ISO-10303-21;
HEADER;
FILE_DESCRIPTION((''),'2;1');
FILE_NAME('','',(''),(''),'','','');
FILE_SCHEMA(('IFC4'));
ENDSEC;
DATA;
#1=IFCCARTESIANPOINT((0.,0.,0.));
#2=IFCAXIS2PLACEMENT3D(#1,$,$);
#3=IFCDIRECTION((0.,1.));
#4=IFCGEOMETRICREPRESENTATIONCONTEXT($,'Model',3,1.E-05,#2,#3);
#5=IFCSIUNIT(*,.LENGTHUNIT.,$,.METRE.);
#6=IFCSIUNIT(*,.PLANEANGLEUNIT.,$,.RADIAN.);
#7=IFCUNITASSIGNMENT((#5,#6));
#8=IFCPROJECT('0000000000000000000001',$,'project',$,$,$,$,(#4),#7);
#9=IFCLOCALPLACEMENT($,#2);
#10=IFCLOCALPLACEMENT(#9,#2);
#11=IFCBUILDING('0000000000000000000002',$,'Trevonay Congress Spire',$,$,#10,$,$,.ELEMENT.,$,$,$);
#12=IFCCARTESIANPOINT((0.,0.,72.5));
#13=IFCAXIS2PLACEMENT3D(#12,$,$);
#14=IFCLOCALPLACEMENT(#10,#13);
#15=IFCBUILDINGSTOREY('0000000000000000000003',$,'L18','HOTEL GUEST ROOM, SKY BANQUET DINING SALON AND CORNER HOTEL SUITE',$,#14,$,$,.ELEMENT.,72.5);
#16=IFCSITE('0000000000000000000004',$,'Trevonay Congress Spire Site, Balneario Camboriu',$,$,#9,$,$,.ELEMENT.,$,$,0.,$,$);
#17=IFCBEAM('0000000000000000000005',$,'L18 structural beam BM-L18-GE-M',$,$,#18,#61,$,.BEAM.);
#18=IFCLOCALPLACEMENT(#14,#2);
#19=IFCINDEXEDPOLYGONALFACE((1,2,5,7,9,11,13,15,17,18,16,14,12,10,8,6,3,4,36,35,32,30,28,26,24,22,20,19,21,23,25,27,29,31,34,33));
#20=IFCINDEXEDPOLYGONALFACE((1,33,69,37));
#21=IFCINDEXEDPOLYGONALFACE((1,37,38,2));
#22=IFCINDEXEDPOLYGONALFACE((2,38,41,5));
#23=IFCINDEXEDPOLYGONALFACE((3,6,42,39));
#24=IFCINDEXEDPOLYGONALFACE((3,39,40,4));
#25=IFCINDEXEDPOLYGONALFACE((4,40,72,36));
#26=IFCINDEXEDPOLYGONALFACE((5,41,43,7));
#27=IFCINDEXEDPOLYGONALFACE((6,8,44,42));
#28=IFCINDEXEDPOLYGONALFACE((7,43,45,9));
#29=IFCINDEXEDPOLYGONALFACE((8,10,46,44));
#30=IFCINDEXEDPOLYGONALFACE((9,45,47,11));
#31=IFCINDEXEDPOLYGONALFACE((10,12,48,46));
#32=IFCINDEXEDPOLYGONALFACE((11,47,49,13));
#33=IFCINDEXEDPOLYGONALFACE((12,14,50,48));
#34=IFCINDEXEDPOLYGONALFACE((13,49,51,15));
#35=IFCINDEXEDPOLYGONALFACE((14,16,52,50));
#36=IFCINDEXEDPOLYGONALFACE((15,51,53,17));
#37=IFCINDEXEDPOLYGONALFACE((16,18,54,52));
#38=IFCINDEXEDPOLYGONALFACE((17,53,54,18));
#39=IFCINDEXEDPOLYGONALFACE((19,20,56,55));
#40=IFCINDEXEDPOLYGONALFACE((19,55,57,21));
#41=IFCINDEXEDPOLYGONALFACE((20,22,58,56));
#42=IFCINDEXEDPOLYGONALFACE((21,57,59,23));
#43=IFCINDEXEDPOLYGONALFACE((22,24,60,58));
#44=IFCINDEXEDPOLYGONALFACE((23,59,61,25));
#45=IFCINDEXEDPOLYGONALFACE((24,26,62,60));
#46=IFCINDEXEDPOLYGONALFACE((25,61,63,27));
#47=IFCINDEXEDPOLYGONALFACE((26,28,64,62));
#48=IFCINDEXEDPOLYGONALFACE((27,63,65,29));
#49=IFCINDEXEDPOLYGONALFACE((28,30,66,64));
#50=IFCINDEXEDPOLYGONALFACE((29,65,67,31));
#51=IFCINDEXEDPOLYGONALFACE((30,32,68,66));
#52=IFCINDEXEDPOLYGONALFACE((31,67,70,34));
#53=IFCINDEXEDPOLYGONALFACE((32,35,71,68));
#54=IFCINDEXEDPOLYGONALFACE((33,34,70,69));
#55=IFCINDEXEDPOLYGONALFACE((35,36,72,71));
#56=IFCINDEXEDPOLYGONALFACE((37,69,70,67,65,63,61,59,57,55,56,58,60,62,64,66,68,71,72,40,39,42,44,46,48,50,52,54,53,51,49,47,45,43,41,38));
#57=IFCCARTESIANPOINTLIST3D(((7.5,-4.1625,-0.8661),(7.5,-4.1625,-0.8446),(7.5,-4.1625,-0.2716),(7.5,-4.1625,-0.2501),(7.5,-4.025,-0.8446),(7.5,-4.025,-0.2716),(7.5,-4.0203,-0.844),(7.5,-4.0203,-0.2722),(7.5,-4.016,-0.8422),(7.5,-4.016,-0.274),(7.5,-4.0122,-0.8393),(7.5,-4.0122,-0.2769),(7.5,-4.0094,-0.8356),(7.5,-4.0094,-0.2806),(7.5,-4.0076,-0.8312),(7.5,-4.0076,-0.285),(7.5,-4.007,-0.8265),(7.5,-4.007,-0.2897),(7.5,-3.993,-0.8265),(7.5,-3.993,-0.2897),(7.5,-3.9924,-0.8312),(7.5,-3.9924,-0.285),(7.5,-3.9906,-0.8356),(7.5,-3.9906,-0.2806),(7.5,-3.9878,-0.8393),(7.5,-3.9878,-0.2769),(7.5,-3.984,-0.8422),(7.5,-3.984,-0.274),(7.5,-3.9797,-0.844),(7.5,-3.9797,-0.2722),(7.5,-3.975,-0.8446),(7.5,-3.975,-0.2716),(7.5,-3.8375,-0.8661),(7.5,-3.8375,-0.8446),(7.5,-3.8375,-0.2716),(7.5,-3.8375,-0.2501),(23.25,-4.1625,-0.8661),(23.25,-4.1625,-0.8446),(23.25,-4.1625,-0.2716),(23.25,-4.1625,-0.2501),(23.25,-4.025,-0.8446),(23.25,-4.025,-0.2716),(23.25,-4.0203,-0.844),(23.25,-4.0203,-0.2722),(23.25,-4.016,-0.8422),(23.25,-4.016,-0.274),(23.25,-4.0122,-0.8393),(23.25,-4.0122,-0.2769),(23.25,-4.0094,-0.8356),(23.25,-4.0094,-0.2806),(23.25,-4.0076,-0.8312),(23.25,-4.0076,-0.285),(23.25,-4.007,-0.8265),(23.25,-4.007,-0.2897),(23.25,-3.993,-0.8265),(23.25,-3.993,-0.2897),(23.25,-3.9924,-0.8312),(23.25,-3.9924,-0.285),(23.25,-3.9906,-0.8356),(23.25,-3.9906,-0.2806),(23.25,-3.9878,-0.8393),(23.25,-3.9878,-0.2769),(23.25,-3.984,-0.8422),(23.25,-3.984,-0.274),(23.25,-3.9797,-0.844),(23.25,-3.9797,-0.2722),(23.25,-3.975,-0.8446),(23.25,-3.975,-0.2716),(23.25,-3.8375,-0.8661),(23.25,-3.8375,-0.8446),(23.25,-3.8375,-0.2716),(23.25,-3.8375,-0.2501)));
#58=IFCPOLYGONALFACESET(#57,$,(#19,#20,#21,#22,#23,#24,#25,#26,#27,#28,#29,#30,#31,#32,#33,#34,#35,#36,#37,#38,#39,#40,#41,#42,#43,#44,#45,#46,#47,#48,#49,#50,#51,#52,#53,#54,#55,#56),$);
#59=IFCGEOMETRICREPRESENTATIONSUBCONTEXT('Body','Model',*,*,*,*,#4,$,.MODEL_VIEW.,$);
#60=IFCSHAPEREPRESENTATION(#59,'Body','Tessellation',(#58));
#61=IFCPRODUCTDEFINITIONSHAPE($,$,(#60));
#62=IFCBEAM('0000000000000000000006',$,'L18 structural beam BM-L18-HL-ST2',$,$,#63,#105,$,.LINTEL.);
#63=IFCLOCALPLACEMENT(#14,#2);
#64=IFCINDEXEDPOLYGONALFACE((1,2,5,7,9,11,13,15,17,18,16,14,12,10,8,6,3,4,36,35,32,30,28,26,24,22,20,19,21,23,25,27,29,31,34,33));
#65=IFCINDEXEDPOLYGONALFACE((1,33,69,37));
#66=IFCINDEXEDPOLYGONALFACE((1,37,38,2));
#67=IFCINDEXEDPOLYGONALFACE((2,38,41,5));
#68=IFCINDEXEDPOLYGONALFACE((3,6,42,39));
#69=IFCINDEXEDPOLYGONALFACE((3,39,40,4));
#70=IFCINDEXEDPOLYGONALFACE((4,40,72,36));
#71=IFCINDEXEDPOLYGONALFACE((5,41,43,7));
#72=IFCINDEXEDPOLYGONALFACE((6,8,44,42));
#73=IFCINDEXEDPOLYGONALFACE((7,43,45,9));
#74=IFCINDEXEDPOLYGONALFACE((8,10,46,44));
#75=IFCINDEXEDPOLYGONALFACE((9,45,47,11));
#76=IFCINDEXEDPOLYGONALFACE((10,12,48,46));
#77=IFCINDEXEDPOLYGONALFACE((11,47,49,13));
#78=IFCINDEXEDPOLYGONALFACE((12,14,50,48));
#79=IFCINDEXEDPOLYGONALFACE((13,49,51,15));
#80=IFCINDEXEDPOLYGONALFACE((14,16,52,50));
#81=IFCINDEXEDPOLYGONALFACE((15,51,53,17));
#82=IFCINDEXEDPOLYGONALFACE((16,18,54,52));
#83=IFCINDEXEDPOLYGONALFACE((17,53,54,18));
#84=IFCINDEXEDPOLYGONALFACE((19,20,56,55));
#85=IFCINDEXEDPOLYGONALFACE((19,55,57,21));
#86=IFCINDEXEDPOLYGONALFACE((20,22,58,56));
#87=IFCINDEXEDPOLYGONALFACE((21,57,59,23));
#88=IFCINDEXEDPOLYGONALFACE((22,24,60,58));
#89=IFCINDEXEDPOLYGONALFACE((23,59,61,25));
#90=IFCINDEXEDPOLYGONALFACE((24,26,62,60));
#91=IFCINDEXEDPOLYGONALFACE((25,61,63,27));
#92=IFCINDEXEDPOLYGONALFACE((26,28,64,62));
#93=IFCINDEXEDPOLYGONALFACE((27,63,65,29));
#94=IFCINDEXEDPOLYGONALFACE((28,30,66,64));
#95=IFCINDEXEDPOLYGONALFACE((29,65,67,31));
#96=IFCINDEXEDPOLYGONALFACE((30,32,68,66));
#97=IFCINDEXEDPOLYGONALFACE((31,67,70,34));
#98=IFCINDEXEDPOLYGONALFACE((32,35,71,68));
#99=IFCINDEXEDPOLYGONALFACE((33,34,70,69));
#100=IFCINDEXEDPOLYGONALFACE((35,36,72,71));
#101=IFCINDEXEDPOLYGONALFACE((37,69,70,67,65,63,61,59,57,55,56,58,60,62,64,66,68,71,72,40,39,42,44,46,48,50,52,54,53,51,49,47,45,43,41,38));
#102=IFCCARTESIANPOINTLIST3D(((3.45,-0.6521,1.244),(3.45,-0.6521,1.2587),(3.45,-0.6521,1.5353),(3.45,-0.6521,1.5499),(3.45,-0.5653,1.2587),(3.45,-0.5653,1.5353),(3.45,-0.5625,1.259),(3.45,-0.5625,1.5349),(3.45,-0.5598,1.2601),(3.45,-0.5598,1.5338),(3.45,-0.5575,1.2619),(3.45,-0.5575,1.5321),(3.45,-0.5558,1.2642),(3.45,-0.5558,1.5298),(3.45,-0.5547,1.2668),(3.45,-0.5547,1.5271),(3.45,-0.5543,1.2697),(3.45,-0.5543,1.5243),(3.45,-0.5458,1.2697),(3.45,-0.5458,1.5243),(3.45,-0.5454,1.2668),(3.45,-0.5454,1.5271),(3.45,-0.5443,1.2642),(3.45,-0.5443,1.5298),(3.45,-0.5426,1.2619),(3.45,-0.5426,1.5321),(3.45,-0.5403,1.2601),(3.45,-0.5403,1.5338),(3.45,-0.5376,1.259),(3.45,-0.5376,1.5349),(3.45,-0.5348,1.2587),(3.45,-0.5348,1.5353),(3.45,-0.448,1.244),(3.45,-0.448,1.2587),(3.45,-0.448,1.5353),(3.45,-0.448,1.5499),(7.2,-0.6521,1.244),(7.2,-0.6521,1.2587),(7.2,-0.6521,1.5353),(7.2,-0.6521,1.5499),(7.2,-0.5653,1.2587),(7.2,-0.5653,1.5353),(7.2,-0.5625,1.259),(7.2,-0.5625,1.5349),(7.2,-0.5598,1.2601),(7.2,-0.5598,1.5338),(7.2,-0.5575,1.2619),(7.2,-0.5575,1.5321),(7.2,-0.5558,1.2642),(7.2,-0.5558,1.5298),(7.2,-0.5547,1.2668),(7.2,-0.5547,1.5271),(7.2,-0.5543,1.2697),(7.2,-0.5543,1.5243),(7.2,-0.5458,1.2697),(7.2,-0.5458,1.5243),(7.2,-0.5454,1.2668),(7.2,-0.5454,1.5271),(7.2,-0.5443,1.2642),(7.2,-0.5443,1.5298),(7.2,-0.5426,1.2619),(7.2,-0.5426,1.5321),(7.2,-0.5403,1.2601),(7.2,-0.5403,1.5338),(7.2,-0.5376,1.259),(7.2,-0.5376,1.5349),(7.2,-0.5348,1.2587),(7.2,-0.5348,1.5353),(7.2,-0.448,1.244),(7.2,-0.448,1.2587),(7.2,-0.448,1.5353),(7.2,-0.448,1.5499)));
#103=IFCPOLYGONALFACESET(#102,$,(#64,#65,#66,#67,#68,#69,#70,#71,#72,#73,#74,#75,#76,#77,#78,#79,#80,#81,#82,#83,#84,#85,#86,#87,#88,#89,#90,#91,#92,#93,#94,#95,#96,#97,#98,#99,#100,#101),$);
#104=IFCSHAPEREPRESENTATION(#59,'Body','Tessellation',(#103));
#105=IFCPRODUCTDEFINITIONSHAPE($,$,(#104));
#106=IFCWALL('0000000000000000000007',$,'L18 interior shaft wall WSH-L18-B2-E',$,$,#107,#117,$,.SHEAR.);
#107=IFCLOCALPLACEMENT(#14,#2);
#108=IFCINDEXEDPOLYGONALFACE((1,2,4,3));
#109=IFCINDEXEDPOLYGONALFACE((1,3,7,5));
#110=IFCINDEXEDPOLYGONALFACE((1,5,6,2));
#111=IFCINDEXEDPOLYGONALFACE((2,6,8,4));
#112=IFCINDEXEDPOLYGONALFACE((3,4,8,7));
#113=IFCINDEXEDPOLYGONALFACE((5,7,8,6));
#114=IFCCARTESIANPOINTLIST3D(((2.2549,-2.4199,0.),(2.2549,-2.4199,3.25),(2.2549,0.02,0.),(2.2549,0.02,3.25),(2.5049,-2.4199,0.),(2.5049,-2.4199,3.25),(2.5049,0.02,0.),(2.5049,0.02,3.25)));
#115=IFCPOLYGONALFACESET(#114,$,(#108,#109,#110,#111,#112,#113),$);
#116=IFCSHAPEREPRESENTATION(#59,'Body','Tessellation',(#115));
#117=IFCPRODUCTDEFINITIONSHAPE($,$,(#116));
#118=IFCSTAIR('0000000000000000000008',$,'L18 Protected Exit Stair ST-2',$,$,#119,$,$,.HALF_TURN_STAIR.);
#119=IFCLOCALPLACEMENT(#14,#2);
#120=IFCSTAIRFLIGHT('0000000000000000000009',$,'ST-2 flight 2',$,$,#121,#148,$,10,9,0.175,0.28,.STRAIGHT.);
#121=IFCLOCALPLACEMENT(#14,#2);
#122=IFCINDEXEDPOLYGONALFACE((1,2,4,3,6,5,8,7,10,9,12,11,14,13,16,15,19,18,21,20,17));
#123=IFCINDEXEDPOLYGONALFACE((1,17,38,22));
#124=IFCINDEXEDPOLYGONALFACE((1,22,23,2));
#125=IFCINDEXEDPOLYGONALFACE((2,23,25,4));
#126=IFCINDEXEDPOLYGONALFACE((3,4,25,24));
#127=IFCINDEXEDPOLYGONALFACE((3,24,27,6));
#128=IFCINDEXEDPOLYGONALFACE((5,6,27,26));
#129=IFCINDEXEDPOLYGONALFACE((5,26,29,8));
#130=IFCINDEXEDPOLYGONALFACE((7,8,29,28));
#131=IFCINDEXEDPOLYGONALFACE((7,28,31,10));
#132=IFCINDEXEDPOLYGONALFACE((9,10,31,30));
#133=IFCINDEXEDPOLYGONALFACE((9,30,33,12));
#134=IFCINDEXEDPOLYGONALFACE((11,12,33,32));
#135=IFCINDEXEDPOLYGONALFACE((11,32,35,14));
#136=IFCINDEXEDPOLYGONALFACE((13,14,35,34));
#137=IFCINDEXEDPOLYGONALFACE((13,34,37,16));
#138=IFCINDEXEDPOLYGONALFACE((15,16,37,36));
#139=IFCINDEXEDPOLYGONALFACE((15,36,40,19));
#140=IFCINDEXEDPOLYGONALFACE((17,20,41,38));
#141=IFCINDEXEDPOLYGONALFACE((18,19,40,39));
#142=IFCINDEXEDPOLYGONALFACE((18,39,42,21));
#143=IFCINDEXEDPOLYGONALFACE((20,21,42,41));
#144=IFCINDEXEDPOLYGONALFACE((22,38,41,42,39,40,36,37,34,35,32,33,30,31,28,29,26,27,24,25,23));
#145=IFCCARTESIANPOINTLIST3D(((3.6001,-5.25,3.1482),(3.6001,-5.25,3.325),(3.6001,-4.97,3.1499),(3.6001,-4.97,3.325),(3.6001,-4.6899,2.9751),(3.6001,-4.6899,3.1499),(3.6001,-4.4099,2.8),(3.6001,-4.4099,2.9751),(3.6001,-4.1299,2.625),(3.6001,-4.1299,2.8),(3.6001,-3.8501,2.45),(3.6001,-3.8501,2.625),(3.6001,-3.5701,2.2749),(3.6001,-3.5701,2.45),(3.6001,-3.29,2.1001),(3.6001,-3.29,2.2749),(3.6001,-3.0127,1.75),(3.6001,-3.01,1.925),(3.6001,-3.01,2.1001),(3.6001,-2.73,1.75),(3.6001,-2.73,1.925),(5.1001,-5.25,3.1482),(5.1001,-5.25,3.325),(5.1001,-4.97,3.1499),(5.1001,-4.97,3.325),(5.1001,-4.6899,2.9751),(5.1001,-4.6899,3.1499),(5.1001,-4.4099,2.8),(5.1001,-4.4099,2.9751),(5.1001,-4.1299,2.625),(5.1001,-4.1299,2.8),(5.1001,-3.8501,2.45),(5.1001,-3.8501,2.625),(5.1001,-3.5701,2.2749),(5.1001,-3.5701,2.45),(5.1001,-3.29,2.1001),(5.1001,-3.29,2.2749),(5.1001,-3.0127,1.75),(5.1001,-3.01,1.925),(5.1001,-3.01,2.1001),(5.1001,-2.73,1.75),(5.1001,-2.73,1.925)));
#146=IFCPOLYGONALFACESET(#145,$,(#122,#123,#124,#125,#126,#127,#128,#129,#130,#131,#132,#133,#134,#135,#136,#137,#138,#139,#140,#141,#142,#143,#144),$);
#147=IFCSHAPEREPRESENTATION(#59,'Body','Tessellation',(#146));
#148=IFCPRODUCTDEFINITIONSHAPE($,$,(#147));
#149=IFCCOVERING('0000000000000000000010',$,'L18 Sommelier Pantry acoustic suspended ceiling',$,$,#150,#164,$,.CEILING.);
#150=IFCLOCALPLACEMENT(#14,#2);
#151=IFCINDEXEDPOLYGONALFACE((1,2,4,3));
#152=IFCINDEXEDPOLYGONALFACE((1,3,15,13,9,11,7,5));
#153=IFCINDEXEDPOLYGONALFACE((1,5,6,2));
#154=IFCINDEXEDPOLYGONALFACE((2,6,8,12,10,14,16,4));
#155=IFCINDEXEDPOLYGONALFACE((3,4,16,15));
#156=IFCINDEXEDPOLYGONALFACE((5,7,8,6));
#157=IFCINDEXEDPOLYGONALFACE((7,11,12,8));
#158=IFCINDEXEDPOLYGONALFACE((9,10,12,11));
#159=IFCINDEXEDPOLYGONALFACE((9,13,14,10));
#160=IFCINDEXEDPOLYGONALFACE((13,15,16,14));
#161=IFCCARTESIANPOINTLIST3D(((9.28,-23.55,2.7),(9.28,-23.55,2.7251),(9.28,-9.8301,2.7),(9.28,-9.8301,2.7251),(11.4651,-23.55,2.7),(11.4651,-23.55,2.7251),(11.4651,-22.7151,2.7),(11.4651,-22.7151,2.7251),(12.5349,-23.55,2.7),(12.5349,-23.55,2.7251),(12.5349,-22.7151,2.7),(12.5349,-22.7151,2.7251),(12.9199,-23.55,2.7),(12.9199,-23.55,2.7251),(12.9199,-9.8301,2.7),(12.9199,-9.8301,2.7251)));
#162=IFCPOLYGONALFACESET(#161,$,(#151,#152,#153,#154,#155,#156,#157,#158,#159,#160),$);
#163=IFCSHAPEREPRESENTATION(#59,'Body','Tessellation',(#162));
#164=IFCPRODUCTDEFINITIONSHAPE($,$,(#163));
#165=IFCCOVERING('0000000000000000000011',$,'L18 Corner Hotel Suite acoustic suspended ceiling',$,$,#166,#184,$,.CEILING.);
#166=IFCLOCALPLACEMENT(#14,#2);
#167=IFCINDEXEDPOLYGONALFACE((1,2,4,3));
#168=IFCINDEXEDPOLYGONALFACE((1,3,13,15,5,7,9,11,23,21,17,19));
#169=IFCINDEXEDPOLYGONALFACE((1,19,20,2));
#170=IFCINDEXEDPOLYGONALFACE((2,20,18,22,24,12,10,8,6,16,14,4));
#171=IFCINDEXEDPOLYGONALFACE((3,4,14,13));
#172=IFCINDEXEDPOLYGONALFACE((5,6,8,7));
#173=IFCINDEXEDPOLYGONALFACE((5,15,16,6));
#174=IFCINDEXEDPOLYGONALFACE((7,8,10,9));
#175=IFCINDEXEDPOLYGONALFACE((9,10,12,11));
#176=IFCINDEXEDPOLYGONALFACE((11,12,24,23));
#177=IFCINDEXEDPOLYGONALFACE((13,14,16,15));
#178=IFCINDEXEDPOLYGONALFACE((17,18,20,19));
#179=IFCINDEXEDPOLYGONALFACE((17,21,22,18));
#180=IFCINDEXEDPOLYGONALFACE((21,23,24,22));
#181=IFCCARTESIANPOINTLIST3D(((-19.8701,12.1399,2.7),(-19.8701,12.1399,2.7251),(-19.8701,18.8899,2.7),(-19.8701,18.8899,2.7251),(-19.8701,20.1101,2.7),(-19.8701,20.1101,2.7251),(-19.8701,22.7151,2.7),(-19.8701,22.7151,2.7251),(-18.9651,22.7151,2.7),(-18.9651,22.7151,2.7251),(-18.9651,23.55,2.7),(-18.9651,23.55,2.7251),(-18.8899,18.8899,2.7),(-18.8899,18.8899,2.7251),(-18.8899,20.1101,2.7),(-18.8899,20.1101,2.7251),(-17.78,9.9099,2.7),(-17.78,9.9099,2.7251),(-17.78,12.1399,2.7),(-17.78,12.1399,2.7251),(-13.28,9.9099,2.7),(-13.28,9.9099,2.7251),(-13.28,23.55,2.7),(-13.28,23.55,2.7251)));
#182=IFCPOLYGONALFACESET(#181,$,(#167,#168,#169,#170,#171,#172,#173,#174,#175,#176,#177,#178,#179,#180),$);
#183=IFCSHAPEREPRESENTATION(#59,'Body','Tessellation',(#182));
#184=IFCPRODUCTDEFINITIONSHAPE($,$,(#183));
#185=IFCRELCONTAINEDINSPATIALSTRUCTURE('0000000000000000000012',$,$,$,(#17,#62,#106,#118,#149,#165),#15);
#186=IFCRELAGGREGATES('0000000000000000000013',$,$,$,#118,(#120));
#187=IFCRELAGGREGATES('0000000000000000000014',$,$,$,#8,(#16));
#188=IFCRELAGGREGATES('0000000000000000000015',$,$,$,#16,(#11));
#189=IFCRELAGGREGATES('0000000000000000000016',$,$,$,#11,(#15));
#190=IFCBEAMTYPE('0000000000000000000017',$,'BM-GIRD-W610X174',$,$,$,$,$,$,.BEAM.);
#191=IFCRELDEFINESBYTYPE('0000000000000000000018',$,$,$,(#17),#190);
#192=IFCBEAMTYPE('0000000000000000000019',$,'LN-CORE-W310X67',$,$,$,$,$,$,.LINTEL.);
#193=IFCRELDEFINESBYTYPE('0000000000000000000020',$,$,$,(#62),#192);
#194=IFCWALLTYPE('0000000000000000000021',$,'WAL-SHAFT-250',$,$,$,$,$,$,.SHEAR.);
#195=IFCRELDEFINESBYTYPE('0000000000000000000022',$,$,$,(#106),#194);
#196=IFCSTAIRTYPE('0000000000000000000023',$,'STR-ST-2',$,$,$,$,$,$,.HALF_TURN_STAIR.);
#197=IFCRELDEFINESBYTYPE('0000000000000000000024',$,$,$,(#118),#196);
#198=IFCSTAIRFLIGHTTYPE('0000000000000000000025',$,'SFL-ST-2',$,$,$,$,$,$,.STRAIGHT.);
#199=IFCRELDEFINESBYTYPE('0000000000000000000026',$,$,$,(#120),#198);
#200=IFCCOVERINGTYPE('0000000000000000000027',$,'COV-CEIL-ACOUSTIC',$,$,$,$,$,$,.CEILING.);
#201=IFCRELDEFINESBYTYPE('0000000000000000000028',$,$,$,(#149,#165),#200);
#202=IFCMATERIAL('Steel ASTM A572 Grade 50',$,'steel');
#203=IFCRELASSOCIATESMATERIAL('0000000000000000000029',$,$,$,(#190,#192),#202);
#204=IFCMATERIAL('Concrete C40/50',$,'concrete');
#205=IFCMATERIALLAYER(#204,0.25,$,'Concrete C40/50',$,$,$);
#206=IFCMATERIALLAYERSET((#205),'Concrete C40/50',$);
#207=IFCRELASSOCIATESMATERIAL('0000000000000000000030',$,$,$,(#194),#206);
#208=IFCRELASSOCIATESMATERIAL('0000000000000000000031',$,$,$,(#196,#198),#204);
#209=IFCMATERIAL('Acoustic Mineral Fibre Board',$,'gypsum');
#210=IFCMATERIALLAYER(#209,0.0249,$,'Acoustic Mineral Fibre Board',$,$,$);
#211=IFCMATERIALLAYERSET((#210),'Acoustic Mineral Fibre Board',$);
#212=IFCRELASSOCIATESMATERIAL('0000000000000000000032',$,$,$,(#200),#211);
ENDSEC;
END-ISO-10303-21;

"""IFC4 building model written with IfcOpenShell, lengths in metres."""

from ifc_helpers import new_model, si_unit, direction, frame, frame_2d, origin, origin_2d, place, context, subcontext, project, spatial, polyline, rectangle, i_section, outline, extrude, material, layer, layer_set, material_profile, profile_set, type_object, element, aggregate, save


model = new_model("IFC4")

# Units and contexts
model_context = context("Model", 3, precision=1e-05, world=origin(), true_north=direction((0.0, 1.0)))
body_context = subcontext(model_context, "Body", "Model", "MODEL_VIEW")
ifc_project = project(units=[si_unit("LENGTHUNIT", "METRE"), si_unit("PLANEANGLEUNIT", "RADIAN")], contexts=[model_context])

# Site, building, storey
site_placement = place(None, origin())
site = spatial("IfcSite", under=ifc_project, at=site_placement, Name="Trevonay Congress Spire Site, Balneario Camboriu", CompositionType="ELEMENT", RefElevation=0.0)
building_placement = place(site_placement, origin())
building = spatial("IfcBuilding", under=site, at=building_placement, Name="Trevonay Congress Spire", CompositionType="ELEMENT")
storey_placement = place(building_placement, frame((0.0, 0.0, 72.5)))
storey = spatial("IfcBuildingStorey", under=building, at=storey_placement, Name="L18", Description="HOTEL GUEST ROOM, SKY BANQUET DINING SALON AND CORNER HOTEL SUITE", CompositionType="ELEMENT", Elevation=72.5)

# Beams
ifc_material_1 = material(Name="Steel ASTM A572 Grade 50", Category="steel")
ifc_material_profile_1 = material_profile(ifc_material_1, i_section(OverallWidth=0.325, OverallDepth=0.616, WebThickness=0.0139, FlangeThickness=0.0215, FilletRadius=0.0181, at=origin_2d()), Name="W610x174")
ifc_profile_set_1 = profile_set([ifc_material_profile_1], Name="Steel ASTM A572 Grade 50")
beam_type_1 = type_object("IfcBeamType", Name="BM-GIRD-W610X174", PredefinedType="BEAM", material=ifc_profile_set_1)
beam_1_placement = place(storey_placement, frame((7.5, -4.0, -0.5581), z_axis=(1.0, 0.0, 0.0), x_axis=(0.0, 1.0, 0.0)))
element("IfcBeam", 1, at=beam_1_placement, inside=storey, type_object=beam_type_1, Name="L18 structural beam BM-L18-GE-M", PredefinedType="BEAM", context=body_context, shape_type="SweptSolid", body=[
    extrude(i_section(OverallWidth=0.325, OverallDepth=0.616, WebThickness=0.0139, FlangeThickness=0.0215, FilletRadius=0.0181, at=origin_2d()), origin(), (0.0, 0.0, 1.0), 15.75),
])
ifc_material_profile_2 = material_profile(ifc_material_1, i_section(OverallWidth=0.2041, OverallDepth=0.3059, WebThickness=0.0085, FlangeThickness=0.0146, FilletRadius=0.011, at=origin_2d()), Name="W310x67")
ifc_profile_set_2 = profile_set([ifc_material_profile_2], Name="Steel ASTM A572 Grade 50")
beam_type_2 = type_object("IfcBeamType", Name="LN-CORE-W310X67", PredefinedType="LINTEL", material=ifc_profile_set_2)
beam_2_placement = place(storey_placement, frame((3.45, -0.55, 1.397), z_axis=(1.0, 0.0, 0.0), x_axis=(0.0, 1.0, 0.0)))
element("IfcBeam", 2, at=beam_2_placement, inside=storey, type_object=beam_type_2, Name="L18 structural beam BM-L18-HL-ST2", PredefinedType="LINTEL", context=body_context, shape_type="SweptSolid", body=[
    extrude(i_section(OverallWidth=0.2041, OverallDepth=0.3059, WebThickness=0.0085, FlangeThickness=0.0146, FilletRadius=0.011, at=origin_2d()), origin(), (0.0, 0.0, 1.0), 3.75),
])

# Wall
ifc_material_2 = material(Name="Concrete C40/50", Category="concrete")
ifc_layer_1 = layer(ifc_material_2, 0.25, Name="Concrete C40/50")
ifc_layer_set_1 = layer_set([ifc_layer_1], Name="Concrete C40/50")
wall_type = type_object("IfcWallType", Name="WAL-SHAFT-250", PredefinedType="SHEAR", material=ifc_layer_set_1)
wall_placement = place(storey_placement, frame((2.3799, -2.4199, 0.0), z_axis=(0.0, 0.0, 1.0), x_axis=(0.0, 1.0, 0.0)))
element("IfcWall", 3, at=wall_placement, inside=storey, type_object=wall_type, Name="L18 interior shaft wall WSH-L18-B2-E", PredefinedType="SHEAR", context=body_context, shape_type="SweptSolid", body=[
    extrude(rectangle(XDim=2.4399, YDim=0.25, at=frame_2d((1.22, 0.0))), origin(), (0.0, 0.0, 1.0), 3.25),
])

# Stair, stair flight
stair_type = type_object("IfcStairType", Name="STR-ST-2", PredefinedType="HALF_TURN_STAIR", material=ifc_material_2)
stair_placement = place(storey_placement, origin())
stair = element("IfcStair", 4, at=stair_placement, inside=storey, type_object=stair_type, Name="L18 Protected Exit Stair ST-2", PredefinedType="HALF_TURN_STAIR")
stair_flight_type = type_object("IfcStairFlightType", Name="SFL-ST-2", PredefinedType="STRAIGHT", material=ifc_material_2)
stair_flight_placement = place(storey_placement, frame((4.3501, -2.73, 1.75), z_axis=(0.0, 0.0, 1.0), x_axis=(0.0, -1.0, 0.0)))
stair_flight = element("IfcStairFlight", 5, at=stair_flight_placement, type_object=stair_flight_type, Name="ST-2 flight 2", NumberOfRisers=10, NumberOfTreads=9, PredefinedType="STRAIGHT", RiserHeight=0.175, TreadLength=0.28, context=body_context, shape_type="SweptSolid", body=[
    extrude(outline(polyline([(0.0, 0.0), (0.0, 0.175), (0.28, 0.175), (0.28, 0.3501), (0.5601, 0.3501), (0.5601, 0.5249), (0.8401, 0.5249), (0.8401, 0.7), (1.1201, 0.7), (1.1201, 0.875), (1.3999, 0.875), (1.3999, 1.05), (1.6799, 1.05), (1.6799, 1.2251), (1.96, 1.2251), (1.96, 1.3999), (2.24, 1.3999), (2.24, 1.575), (2.52, 1.575), (2.52, 1.75), (2.52, 1.3982), (0.2827, 0.0), (0.0, 0.0)])), frame((0.0, 0.75, 0.0), z_axis=(0.0, -1.0, 0.0), x_axis=(1.0, 0.0, 0.0)), (0.0, 0.0, 1.0), 1.5),
])
aggregate(stair, [stair_flight])

# Coverings
ifc_material_3 = material(Name="Acoustic Mineral Fibre Board", Category="gypsum")
ifc_layer_2 = layer(ifc_material_3, 0.0249, Name="Acoustic Mineral Fibre Board")
ifc_layer_set_2 = layer_set([ifc_layer_2], Name="Acoustic Mineral Fibre Board")
covering_type_1 = type_object("IfcCoveringType", Name="COV-CEIL-ACOUSTIC", PredefinedType="CEILING", material=ifc_layer_set_2)
covering_1_placement = place(storey_placement, frame((0.0, 0.0, 2.7)))
element("IfcCovering", 6, at=covering_1_placement, inside=storey, type_object=covering_type_1, Name="L18 Sommelier Pantry acoustic suspended ceiling", PredefinedType="CEILING", context=body_context, shape_type="SweptSolid", body=[
    extrude(outline(polyline([(9.28, -23.55), (9.28, -9.8301), (12.9199, -9.8301), (12.9199, -23.55), (12.5349, -23.55), (12.5349, -22.7151), (11.4651, -22.7151), (11.4651, -23.55), (9.28, -23.55)])), origin(), (0.0, 0.0, 1.0), 0.0251),
])
covering_2_placement = place(storey_placement, frame((0.0, 0.0, 2.7)))
element("IfcCovering", 7, at=covering_2_placement, inside=storey, type_object=covering_type_1, Name="L18 Corner Hotel Suite acoustic suspended ceiling", PredefinedType="CEILING", context=body_context, shape_type="SweptSolid", body=[
    extrude(outline(polyline([(-13.28, 23.55), (-13.28, 9.9099), (-17.78, 9.9099), (-17.78, 12.1399), (-19.8701, 12.1399), (-19.8701, 18.8899), (-18.8899, 18.8899), (-18.8899, 20.1101), (-19.8701, 20.1101), (-19.8701, 22.7151), (-18.9651, 22.7151), (-18.9651, 23.55), (-13.28, 23.55)])), origin(), (0.0, 0.0, 1.0), 0.0251),
])

save(model, "model.ifc")
